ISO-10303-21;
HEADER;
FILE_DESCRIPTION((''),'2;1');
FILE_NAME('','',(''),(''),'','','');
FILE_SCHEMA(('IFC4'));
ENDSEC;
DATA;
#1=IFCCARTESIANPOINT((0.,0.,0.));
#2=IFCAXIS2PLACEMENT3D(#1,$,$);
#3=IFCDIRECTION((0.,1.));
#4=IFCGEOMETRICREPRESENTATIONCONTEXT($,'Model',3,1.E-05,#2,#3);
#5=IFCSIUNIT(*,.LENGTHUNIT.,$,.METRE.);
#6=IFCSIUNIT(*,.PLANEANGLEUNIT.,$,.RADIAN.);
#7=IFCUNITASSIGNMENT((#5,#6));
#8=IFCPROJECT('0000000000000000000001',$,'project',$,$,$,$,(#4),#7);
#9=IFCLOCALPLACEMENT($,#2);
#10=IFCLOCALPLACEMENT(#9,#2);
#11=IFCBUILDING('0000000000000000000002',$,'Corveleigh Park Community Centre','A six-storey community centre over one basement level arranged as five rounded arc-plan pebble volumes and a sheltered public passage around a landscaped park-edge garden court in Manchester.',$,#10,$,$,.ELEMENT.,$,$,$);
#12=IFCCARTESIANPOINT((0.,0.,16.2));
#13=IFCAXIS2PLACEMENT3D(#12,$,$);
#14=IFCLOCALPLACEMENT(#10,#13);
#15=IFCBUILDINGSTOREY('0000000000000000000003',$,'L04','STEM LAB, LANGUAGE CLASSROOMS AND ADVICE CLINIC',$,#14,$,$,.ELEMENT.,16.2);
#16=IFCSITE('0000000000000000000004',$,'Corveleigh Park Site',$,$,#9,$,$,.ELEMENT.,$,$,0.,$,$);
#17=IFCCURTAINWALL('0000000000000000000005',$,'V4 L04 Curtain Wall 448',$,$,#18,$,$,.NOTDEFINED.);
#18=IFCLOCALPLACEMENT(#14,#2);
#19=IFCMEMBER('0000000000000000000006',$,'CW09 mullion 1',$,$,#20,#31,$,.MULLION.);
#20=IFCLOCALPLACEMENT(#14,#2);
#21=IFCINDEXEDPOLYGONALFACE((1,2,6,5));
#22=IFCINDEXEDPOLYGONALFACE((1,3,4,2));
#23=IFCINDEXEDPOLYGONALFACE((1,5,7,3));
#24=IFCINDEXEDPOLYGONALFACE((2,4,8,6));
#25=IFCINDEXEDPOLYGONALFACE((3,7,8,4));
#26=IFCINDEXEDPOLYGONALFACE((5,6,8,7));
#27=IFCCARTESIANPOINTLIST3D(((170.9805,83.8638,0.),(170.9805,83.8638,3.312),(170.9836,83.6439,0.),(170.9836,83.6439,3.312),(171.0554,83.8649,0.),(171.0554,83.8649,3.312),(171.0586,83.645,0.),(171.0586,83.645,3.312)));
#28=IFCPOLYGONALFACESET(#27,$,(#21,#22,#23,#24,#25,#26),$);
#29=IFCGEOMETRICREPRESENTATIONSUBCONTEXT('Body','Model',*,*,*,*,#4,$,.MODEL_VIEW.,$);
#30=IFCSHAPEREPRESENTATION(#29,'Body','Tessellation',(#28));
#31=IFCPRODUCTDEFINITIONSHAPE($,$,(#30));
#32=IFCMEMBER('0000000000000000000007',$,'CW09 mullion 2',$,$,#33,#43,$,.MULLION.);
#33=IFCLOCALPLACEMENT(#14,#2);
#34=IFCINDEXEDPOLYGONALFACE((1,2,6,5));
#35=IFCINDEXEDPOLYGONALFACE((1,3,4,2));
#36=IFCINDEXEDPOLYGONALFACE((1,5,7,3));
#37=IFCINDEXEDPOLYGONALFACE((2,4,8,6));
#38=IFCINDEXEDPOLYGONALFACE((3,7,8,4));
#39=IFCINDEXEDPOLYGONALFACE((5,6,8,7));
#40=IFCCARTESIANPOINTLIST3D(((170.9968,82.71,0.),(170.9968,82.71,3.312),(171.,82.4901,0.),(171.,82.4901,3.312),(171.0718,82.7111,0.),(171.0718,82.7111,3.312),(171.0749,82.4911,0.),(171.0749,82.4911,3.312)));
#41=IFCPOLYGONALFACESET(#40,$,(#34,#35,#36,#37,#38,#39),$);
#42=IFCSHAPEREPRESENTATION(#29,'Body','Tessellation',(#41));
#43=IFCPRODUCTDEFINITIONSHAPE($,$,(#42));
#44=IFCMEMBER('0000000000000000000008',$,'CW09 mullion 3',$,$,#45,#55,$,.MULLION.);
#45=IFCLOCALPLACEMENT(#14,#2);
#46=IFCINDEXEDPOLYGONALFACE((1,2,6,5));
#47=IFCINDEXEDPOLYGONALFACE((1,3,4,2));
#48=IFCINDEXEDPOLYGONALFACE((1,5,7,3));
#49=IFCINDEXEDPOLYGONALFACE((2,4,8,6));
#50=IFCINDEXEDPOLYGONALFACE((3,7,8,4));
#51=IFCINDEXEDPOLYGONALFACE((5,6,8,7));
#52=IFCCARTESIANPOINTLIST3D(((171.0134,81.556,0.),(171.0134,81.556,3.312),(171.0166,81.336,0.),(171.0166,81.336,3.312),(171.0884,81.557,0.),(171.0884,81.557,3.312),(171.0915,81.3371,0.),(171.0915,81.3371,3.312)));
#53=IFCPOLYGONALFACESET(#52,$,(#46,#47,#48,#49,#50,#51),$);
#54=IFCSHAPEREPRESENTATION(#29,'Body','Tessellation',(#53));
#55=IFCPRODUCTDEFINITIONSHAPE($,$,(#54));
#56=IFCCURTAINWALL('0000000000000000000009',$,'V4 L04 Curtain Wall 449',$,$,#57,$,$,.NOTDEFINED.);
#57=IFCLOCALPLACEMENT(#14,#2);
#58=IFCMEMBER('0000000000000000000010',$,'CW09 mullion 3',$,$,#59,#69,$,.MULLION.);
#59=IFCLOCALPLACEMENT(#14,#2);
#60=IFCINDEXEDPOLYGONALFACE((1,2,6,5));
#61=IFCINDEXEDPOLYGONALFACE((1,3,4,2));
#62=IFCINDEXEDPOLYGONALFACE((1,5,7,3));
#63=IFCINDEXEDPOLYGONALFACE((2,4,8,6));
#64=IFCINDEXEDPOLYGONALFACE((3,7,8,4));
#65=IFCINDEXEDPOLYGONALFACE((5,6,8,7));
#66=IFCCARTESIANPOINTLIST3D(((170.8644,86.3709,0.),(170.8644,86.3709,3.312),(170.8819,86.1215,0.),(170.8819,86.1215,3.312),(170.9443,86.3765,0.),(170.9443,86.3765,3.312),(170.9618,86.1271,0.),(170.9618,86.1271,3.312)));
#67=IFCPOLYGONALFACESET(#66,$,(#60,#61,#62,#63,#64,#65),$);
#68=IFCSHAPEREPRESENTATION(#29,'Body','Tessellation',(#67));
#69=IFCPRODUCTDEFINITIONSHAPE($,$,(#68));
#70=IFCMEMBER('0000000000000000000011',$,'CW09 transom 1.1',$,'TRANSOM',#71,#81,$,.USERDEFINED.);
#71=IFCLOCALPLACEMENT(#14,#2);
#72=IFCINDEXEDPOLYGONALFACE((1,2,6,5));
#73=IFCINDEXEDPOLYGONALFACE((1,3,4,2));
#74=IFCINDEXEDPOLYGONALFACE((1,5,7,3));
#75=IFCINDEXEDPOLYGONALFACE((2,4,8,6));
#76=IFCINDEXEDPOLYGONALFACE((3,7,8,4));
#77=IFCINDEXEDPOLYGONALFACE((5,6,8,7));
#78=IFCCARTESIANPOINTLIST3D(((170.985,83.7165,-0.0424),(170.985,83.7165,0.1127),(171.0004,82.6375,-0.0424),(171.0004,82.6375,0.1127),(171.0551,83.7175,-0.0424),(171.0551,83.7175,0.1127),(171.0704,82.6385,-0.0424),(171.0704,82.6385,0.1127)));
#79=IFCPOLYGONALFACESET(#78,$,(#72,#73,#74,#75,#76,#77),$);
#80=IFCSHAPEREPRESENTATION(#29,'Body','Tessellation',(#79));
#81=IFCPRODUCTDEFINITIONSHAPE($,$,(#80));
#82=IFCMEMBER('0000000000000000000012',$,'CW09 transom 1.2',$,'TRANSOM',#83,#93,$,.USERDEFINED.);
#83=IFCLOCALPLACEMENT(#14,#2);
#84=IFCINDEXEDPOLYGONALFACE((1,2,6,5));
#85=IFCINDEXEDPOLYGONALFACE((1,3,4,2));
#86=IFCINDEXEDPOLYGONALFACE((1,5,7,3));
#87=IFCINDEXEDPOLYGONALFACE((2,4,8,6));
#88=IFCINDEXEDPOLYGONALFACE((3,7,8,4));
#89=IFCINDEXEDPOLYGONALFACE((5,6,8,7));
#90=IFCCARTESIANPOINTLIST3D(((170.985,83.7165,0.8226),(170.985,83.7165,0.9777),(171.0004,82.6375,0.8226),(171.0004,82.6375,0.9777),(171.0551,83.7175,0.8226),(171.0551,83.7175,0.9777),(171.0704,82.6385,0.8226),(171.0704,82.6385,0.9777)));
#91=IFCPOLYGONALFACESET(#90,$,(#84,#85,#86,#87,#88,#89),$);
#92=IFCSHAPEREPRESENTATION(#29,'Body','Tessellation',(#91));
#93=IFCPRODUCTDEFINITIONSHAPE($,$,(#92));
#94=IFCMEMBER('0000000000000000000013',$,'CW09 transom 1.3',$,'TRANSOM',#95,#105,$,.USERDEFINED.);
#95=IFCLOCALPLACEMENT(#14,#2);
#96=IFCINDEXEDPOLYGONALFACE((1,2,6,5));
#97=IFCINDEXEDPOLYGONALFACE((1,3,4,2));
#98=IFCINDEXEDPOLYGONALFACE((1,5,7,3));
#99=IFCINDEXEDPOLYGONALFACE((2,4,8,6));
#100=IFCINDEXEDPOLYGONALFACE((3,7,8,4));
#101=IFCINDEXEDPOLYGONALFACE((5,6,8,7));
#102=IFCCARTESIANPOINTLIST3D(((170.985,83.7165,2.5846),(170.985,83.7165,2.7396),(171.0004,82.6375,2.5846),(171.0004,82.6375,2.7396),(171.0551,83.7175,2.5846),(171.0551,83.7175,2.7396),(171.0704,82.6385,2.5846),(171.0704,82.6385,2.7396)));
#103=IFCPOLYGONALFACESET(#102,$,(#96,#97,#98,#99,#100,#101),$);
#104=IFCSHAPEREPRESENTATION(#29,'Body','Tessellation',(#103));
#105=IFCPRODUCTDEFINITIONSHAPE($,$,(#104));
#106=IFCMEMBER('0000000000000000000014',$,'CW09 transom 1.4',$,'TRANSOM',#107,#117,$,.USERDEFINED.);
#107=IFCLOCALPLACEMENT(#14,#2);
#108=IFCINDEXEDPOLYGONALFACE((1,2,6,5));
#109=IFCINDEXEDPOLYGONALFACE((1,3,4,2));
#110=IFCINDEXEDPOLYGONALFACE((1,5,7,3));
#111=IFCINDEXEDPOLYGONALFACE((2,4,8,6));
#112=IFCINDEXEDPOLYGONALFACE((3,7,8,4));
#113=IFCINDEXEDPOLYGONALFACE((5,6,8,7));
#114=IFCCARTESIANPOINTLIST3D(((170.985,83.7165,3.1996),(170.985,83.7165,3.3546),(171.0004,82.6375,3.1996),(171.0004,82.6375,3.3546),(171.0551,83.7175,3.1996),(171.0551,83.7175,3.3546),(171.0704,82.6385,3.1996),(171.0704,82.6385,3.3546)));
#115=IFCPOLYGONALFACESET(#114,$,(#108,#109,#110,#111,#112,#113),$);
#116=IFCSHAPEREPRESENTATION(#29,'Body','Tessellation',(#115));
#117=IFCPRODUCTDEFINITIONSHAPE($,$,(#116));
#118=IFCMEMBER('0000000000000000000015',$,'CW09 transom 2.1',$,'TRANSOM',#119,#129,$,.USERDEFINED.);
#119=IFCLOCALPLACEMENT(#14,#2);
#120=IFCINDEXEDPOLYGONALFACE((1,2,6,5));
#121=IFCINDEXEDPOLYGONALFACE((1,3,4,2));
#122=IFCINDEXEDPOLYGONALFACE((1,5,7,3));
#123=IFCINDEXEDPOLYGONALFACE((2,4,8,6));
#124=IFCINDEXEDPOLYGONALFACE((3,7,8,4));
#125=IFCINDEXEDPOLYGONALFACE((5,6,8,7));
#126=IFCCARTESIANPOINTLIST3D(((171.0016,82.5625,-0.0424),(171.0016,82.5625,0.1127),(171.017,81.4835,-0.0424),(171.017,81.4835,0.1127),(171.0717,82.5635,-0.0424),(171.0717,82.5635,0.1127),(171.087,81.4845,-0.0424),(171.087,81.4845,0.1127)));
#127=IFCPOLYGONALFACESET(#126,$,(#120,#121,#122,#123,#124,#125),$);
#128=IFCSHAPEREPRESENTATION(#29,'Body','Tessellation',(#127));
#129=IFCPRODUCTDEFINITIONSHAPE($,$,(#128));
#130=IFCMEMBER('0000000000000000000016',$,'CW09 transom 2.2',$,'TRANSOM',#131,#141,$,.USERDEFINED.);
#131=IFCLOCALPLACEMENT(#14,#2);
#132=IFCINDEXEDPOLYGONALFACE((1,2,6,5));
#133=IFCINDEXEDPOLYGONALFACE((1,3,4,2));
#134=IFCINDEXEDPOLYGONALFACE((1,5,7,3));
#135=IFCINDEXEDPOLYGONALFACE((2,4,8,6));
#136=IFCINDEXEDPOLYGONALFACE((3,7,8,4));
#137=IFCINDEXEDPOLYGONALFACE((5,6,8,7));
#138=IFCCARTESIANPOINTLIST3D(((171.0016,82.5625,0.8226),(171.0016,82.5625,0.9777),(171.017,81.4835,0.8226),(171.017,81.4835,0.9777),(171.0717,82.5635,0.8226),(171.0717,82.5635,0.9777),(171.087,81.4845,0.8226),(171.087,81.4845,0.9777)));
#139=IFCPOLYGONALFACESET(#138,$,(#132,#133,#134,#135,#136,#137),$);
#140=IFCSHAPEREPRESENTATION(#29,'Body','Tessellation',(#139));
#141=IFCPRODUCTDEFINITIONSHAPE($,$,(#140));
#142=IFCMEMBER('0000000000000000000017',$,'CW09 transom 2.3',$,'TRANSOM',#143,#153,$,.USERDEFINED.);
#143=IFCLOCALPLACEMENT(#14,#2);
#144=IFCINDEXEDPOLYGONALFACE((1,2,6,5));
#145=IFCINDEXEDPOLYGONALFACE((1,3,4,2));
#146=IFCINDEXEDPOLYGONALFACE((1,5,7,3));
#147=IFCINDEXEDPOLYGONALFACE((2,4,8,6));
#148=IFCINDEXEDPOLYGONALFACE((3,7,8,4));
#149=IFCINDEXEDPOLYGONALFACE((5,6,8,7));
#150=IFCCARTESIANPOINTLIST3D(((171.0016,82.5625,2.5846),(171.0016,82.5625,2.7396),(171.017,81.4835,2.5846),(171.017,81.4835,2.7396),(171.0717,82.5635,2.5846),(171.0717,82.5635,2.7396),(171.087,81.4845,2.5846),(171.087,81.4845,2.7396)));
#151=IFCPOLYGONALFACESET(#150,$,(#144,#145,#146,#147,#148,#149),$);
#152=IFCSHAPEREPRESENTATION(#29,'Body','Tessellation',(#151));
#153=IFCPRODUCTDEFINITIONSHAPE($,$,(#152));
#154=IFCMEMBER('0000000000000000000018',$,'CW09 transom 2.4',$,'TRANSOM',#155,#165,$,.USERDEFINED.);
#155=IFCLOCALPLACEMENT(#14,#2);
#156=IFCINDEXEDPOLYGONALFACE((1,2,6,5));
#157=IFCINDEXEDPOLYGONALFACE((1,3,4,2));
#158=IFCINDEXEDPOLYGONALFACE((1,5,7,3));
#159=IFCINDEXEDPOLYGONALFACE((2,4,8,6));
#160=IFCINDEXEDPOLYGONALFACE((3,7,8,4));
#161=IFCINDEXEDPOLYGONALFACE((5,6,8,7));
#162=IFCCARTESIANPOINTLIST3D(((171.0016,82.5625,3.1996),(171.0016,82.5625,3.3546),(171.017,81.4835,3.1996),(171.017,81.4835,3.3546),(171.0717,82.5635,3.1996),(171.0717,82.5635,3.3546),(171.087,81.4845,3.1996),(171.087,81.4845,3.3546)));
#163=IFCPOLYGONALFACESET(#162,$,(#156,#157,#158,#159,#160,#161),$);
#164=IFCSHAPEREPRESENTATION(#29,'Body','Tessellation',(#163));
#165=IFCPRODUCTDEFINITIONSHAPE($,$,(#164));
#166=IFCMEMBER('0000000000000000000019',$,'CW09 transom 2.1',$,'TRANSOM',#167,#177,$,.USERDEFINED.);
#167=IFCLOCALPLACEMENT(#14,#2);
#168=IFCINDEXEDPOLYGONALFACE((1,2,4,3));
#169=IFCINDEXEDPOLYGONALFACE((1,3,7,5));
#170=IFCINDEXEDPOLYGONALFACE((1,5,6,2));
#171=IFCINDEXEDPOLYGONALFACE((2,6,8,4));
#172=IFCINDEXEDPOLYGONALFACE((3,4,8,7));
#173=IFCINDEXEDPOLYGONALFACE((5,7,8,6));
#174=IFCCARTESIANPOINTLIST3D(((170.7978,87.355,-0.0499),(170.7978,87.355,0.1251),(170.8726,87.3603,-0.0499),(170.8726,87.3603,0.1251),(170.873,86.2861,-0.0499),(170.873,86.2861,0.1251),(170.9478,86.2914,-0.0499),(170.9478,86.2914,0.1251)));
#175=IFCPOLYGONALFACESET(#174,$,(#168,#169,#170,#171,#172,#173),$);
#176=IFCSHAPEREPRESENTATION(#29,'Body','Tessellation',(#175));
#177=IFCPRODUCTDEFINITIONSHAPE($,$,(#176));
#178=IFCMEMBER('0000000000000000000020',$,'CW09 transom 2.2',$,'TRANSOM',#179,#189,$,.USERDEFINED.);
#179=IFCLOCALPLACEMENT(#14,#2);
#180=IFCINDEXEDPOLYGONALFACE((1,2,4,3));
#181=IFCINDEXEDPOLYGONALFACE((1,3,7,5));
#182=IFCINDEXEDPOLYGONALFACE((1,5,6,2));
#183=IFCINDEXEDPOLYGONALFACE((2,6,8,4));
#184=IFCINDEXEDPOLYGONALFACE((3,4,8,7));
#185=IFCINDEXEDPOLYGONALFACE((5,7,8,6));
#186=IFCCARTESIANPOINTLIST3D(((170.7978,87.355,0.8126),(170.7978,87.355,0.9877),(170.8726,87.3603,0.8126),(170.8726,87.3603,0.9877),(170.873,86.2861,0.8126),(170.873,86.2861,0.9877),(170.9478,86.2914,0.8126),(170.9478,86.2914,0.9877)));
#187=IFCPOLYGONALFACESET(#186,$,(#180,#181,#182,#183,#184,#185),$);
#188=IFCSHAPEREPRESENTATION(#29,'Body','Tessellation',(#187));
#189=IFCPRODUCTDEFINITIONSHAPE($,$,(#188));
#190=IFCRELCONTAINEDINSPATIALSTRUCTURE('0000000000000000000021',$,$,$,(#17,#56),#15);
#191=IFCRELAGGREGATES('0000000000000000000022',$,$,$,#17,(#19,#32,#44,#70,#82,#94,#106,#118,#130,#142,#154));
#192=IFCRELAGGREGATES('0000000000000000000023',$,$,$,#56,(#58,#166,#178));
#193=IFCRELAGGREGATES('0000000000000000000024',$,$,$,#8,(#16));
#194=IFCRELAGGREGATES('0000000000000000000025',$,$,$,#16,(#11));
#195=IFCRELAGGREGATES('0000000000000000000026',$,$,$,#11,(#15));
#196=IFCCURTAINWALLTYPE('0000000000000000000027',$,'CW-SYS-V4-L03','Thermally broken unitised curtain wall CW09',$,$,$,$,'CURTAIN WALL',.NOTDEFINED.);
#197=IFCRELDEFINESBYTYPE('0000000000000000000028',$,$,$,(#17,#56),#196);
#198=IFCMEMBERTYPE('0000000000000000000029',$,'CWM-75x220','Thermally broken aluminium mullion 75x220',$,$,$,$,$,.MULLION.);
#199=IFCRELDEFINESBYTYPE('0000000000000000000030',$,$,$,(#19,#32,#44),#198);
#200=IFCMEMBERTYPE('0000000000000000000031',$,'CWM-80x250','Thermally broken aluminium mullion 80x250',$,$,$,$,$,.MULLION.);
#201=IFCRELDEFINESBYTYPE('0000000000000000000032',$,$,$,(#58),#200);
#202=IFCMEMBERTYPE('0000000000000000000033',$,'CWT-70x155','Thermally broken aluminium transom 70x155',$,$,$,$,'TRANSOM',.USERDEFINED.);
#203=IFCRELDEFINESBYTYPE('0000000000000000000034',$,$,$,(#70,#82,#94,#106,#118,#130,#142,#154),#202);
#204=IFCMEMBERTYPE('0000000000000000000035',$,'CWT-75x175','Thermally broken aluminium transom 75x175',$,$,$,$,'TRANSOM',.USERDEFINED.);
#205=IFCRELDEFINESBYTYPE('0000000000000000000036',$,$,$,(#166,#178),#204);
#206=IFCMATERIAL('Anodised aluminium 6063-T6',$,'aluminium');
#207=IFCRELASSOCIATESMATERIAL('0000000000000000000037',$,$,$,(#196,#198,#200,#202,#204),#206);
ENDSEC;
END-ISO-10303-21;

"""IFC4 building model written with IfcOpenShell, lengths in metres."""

from ifc_helpers import new_model, si_unit, direction, frame, origin, origin_2d, place, context, subcontext, project, spatial, rectangle, extrude, material, material_profile, profile_set, type_object, element, aggregate, save


model = new_model("IFC4")

# Units and contexts
model_context = context("Model", 3, precision=1e-05, world=origin(), true_north=direction((0.0, 1.0)))
body_context = subcontext(model_context, "Body", "Model", "MODEL_VIEW")
ifc_project = project(units=[si_unit("LENGTHUNIT", "METRE"), si_unit("PLANEANGLEUNIT", "RADIAN")], contexts=[model_context])

# Site, building, storey
site_placement = place(None, origin())
site = spatial("IfcSite", under=ifc_project, at=site_placement, Name="Corveleigh Park Site", CompositionType="ELEMENT", RefElevation=0.0)
building_placement = place(site_placement, origin())
building = spatial("IfcBuilding", under=site, at=building_placement, Name="Corveleigh Park Community Centre", Description="A six-storey community centre over one basement level arranged as five rounded arc-plan pebble volumes and a sheltered public passage around a landscaped park-edge garden court in Manchester.", CompositionType="ELEMENT")
storey_placement = place(building_placement, frame((0.0, 0.0, 16.2)))
storey = spatial("IfcBuildingStorey", under=building, at=storey_placement, Name="L04", Description="STEM LAB, LANGUAGE CLASSROOMS AND ADVICE CLINIC", CompositionType="ELEMENT", Elevation=16.2)

# Curtain wall, members
ifc_material_1 = material(Name="Anodised aluminium 6063-T6", Category="aluminium")
curtain_wall_type = type_object("IfcCurtainWallType", Name="CW-SYS-V4-L03", Description="Thermally broken unitised curtain wall CW09", ElementType="CURTAIN WALL", PredefinedType="NOTDEFINED", material=ifc_material_1)
curtain_wall_1_placement = place(storey_placement, origin())
curtain_wall_1 = element("IfcCurtainWall", 1, at=curtain_wall_1_placement, inside=storey, type_object=curtain_wall_type, Name="V4 L04 Curtain Wall 448", PredefinedType="NOTDEFINED")
ifc_material_profile_1 = material_profile(ifc_material_1, rectangle(XDim=0.075, YDim=0.22, at=origin_2d()), Name="ALU-M75x220", Category="aluminium")
ifc_profile_set_1 = profile_set([ifc_material_profile_1], Name="Anodised aluminium 6063-T6")
member_type_1 = type_object("IfcMemberType", Name="CWM-75x220", Description="Thermally broken aluminium mullion 75x220", PredefinedType="MULLION", material=ifc_profile_set_1)
member_1_placement = place(storey_placement, frame((171.0195, 83.7544, 0.0), z_axis=(0.0, 0.0, 1.0), x_axis=(0.999898, 0.014266, 0.0)))
member_1 = element("IfcMember", 2, at=member_1_placement, type_object=member_type_1, Name="CW09 mullion 1", PredefinedType="MULLION", context=body_context, shape_type="SweptSolid", body=[
    extrude(rectangle(XDim=0.075, YDim=0.22, at=origin_2d()), origin(), (0.0, 0.0, 1.0), 3.312),
])
member_2_placement = place(storey_placement, frame((171.0359, 82.6006, 0.0), z_axis=(0.0, 0.0, 1.0), x_axis=(0.999898, 0.014266, 0.0)))
member_2 = element("IfcMember", 3, at=member_2_placement, type_object=member_type_1, Name="CW09 mullion 2", PredefinedType="MULLION", context=body_context, shape_type="SweptSolid", body=[
    extrude(rectangle(XDim=0.075, YDim=0.22, at=origin_2d()), origin(), (0.0, 0.0, 1.0), 3.312),
])
member_3_placement = place(storey_placement, frame((171.0525, 81.4465, 0.0), z_axis=(0.0, 0.0, 1.0), x_axis=(0.999898, 0.014266, 0.0)))
member_3 = element("IfcMember", 4, at=member_3_placement, type_object=member_type_1, Name="CW09 mullion 3", PredefinedType="MULLION", context=body_context, shape_type="SweptSolid", body=[
    extrude(rectangle(XDim=0.075, YDim=0.22, at=origin_2d()), origin(), (0.0, 0.0, 1.0), 3.312),
])

# Curtain wall, member
curtain_wall_2_placement = place(storey_placement, origin())
curtain_wall_2 = element("IfcCurtainWall", 5, at=curtain_wall_2_placement, inside=storey, type_object=curtain_wall_type, Name="V4 L04 Curtain Wall 449", PredefinedType="NOTDEFINED")
ifc_material_profile_2 = material_profile(ifc_material_1, rectangle(XDim=0.0801, YDim=0.25, at=origin_2d()), Name="ALU-M80x250", Category="aluminium")
ifc_profile_set_2 = profile_set([ifc_material_profile_2], Name="Anodised aluminium 6063-T6")
member_type_2 = type_object("IfcMemberType", Name="CWM-80x250", Description="Thermally broken aluminium mullion 80x250", PredefinedType="MULLION", material=ifc_profile_set_2)
member_4_placement = place(storey_placement, frame((170.9131, 86.249, 0.0), z_axis=(0.0, 0.0, 1.0), x_axis=(0.997541, 0.070084, 0.0)))
member_4 = element("IfcMember", 6, at=member_4_placement, type_object=member_type_2, Name="CW09 mullion 3", PredefinedType="MULLION", context=body_context, shape_type="SweptSolid", body=[
    extrude(rectangle(XDim=0.0801, YDim=0.25, at=origin_2d()), origin(), (0.0, 0.0, 1.0), 3.312),
])

# Members
ifc_material_profile_3 = material_profile(ifc_material_1, rectangle(XDim=0.0701, YDim=0.155, at=origin_2d()), Name="ALU-T70x155", Category="aluminium")
ifc_profile_set_3 = profile_set([ifc_material_profile_3], Name="Anodised aluminium 6063-T6")
member_type_3 = type_object("IfcMemberType", Name="CWT-70x155", Description="Thermally broken aluminium transom 70x155", ElementType="TRANSOM", PredefinedType="USERDEFINED", material=ifc_profile_set_3)
member_5_placement = place(storey_placement, frame((171.02, 83.717, 0.0352), z_axis=(0.014252, -0.999898, 0.0), x_axis=(0.999898, 0.014252, 0.0)))
member_5 = element("IfcMember", 7, at=member_5_placement, type_object=member_type_3, Name="CW09 transom 1.1", ObjectType="TRANSOM", PredefinedType="USERDEFINED", context=body_context, shape_type="SweptSolid", body=[
    extrude(rectangle(XDim=0.0701, YDim=0.155, at=origin_2d()), origin(), (0.0, 0.0, 1.0), 1.0791),
])
member_6_placement = place(storey_placement, frame((171.02, 83.717, 0.9001), z_axis=(0.014252, -0.999898, 0.0), x_axis=(0.999898, 0.014252, 0.0)))
member_6 = element("IfcMember", 8, at=member_6_placement, type_object=member_type_3, Name="CW09 transom 1.2", ObjectType="TRANSOM", PredefinedType="USERDEFINED", context=body_context, shape_type="SweptSolid", body=[
    extrude(rectangle(XDim=0.0701, YDim=0.155, at=origin_2d()), origin(), (0.0, 0.0, 1.0), 1.0791),
])
member_7_placement = place(storey_placement, frame((171.02, 83.717, 2.6621), z_axis=(0.014252, -0.999898, 0.0), x_axis=(0.999898, 0.014252, 0.0)))
member_7 = element("IfcMember", 9, at=member_7_placement, type_object=member_type_3, Name="CW09 transom 1.3", ObjectType="TRANSOM", PredefinedType="USERDEFINED", context=body_context, shape_type="SweptSolid", body=[
    extrude(rectangle(XDim=0.0701, YDim=0.155, at=origin_2d()), origin(), (0.0, 0.0, 1.0), 1.0791),
])
member_8_placement = place(storey_placement, frame((171.02, 83.717, 3.2771), z_axis=(0.014252, -0.999898, 0.0), x_axis=(0.999898, 0.014252, 0.0)))
member_8 = element("IfcMember", 10, at=member_8_placement, type_object=member_type_3, Name="CW09 transom 1.4", ObjectType="TRANSOM", PredefinedType="USERDEFINED", context=body_context, shape_type="SweptSolid", body=[
    extrude(rectangle(XDim=0.0701, YDim=0.155, at=origin_2d()), origin(), (0.0, 0.0, 1.0), 1.0791),
])
member_9_placement = place(storey_placement, frame((171.0366, 82.563, 0.0352), z_axis=(0.014252, -0.999898, 0.0), x_axis=(0.999898, 0.014252, 0.0)))
member_9 = element("IfcMember", 11, at=member_9_placement, type_object=member_type_3, Name="CW09 transom 2.1", ObjectType="TRANSOM", PredefinedType="USERDEFINED", context=body_context, shape_type="SweptSolid", body=[
    extrude(rectangle(XDim=0.0701, YDim=0.155, at=origin_2d()), origin(), (0.0, 0.0, 1.0), 1.0791),
])
member_10_placement = place(storey_placement, frame((171.0366, 82.563, 0.9001), z_axis=(0.014252, -0.999898, 0.0), x_axis=(0.999898, 0.014252, 0.0)))
member_10 = element("IfcMember", 12, at=member_10_placement, type_object=member_type_3, Name="CW09 transom 2.2", ObjectType="TRANSOM", PredefinedType="USERDEFINED", context=body_context, shape_type="SweptSolid", body=[
    extrude(rectangle(XDim=0.0701, YDim=0.155, at=origin_2d()), origin(), (0.0, 0.0, 1.0), 1.0791),
])
member_11_placement = place(storey_placement, frame((171.0366, 82.563, 2.6621), z_axis=(0.014252, -0.999898, 0.0), x_axis=(0.999898, 0.014252, 0.0)))
member_11 = element("IfcMember", 13, at=member_11_placement, type_object=member_type_3, Name="CW09 transom 2.3", ObjectType="TRANSOM", PredefinedType="USERDEFINED", context=body_context, shape_type="SweptSolid", body=[
    extrude(rectangle(XDim=0.0701, YDim=0.155, at=origin_2d()), origin(), (0.0, 0.0, 1.0), 1.0791),
])
member_12_placement = place(storey_placement, frame((171.0366, 82.563, 3.2771), z_axis=(0.014252, -0.999898, 0.0), x_axis=(0.999898, 0.014252, 0.0)))
member_12 = element("IfcMember", 14, at=member_12_placement, type_object=member_type_3, Name="CW09 transom 2.4", ObjectType="TRANSOM", PredefinedType="USERDEFINED", context=body_context, shape_type="SweptSolid", body=[
    extrude(rectangle(XDim=0.0701, YDim=0.155, at=origin_2d()), origin(), (0.0, 0.0, 1.0), 1.0791),
])
ifc_material_profile_4 = material_profile(ifc_material_1, rectangle(XDim=0.075, YDim=0.175, at=origin_2d()), Name="ALU-T75x175", Category="aluminium")
ifc_profile_set_4 = profile_set([ifc_material_profile_4], Name="Anodised aluminium 6063-T6")
member_type_4 = type_object("IfcMemberType", Name="CWT-75x175", Description="Thermally broken aluminium transom 75x175", ElementType="TRANSOM", PredefinedType="USERDEFINED", material=ifc_profile_set_4)
member_13_placement = place(storey_placement, frame((170.8352, 87.3577, 0.0376), z_axis=(0.070178, -0.997534, 0.0), x_axis=(0.997534, 0.070178, 0.0)))
member_13 = element("IfcMember", 15, at=member_13_placement, type_object=member_type_4, Name="CW09 transom 2.1", ObjectType="TRANSOM", PredefinedType="USERDEFINED", context=body_context, shape_type="SweptSolid", body=[
    extrude(rectangle(XDim=0.075, YDim=0.175, at=origin_2d()), origin(), (0.0, 0.0, 1.0), 1.0715),
])
member_14_placement = place(storey_placement, frame((170.8352, 87.3577, 0.9001), z_axis=(0.070178, -0.997534, 0.0), x_axis=(0.997534, 0.070178, 0.0)))
member_14 = element("IfcMember", 16, at=member_14_placement, type_object=member_type_4, Name="CW09 transom 2.2", ObjectType="TRANSOM", PredefinedType="USERDEFINED", context=body_context, shape_type="SweptSolid", body=[
    extrude(rectangle(XDim=0.075, YDim=0.175, at=origin_2d()), origin(), (0.0, 0.0, 1.0), 1.0715),
])

aggregate(curtain_wall_1, [member_1, member_2, member_3, member_5, member_6, member_7, member_8, member_9, member_10, member_11, member_12])
aggregate(curtain_wall_2, [member_4, member_13, member_14])

save(model, "model.ifc")
